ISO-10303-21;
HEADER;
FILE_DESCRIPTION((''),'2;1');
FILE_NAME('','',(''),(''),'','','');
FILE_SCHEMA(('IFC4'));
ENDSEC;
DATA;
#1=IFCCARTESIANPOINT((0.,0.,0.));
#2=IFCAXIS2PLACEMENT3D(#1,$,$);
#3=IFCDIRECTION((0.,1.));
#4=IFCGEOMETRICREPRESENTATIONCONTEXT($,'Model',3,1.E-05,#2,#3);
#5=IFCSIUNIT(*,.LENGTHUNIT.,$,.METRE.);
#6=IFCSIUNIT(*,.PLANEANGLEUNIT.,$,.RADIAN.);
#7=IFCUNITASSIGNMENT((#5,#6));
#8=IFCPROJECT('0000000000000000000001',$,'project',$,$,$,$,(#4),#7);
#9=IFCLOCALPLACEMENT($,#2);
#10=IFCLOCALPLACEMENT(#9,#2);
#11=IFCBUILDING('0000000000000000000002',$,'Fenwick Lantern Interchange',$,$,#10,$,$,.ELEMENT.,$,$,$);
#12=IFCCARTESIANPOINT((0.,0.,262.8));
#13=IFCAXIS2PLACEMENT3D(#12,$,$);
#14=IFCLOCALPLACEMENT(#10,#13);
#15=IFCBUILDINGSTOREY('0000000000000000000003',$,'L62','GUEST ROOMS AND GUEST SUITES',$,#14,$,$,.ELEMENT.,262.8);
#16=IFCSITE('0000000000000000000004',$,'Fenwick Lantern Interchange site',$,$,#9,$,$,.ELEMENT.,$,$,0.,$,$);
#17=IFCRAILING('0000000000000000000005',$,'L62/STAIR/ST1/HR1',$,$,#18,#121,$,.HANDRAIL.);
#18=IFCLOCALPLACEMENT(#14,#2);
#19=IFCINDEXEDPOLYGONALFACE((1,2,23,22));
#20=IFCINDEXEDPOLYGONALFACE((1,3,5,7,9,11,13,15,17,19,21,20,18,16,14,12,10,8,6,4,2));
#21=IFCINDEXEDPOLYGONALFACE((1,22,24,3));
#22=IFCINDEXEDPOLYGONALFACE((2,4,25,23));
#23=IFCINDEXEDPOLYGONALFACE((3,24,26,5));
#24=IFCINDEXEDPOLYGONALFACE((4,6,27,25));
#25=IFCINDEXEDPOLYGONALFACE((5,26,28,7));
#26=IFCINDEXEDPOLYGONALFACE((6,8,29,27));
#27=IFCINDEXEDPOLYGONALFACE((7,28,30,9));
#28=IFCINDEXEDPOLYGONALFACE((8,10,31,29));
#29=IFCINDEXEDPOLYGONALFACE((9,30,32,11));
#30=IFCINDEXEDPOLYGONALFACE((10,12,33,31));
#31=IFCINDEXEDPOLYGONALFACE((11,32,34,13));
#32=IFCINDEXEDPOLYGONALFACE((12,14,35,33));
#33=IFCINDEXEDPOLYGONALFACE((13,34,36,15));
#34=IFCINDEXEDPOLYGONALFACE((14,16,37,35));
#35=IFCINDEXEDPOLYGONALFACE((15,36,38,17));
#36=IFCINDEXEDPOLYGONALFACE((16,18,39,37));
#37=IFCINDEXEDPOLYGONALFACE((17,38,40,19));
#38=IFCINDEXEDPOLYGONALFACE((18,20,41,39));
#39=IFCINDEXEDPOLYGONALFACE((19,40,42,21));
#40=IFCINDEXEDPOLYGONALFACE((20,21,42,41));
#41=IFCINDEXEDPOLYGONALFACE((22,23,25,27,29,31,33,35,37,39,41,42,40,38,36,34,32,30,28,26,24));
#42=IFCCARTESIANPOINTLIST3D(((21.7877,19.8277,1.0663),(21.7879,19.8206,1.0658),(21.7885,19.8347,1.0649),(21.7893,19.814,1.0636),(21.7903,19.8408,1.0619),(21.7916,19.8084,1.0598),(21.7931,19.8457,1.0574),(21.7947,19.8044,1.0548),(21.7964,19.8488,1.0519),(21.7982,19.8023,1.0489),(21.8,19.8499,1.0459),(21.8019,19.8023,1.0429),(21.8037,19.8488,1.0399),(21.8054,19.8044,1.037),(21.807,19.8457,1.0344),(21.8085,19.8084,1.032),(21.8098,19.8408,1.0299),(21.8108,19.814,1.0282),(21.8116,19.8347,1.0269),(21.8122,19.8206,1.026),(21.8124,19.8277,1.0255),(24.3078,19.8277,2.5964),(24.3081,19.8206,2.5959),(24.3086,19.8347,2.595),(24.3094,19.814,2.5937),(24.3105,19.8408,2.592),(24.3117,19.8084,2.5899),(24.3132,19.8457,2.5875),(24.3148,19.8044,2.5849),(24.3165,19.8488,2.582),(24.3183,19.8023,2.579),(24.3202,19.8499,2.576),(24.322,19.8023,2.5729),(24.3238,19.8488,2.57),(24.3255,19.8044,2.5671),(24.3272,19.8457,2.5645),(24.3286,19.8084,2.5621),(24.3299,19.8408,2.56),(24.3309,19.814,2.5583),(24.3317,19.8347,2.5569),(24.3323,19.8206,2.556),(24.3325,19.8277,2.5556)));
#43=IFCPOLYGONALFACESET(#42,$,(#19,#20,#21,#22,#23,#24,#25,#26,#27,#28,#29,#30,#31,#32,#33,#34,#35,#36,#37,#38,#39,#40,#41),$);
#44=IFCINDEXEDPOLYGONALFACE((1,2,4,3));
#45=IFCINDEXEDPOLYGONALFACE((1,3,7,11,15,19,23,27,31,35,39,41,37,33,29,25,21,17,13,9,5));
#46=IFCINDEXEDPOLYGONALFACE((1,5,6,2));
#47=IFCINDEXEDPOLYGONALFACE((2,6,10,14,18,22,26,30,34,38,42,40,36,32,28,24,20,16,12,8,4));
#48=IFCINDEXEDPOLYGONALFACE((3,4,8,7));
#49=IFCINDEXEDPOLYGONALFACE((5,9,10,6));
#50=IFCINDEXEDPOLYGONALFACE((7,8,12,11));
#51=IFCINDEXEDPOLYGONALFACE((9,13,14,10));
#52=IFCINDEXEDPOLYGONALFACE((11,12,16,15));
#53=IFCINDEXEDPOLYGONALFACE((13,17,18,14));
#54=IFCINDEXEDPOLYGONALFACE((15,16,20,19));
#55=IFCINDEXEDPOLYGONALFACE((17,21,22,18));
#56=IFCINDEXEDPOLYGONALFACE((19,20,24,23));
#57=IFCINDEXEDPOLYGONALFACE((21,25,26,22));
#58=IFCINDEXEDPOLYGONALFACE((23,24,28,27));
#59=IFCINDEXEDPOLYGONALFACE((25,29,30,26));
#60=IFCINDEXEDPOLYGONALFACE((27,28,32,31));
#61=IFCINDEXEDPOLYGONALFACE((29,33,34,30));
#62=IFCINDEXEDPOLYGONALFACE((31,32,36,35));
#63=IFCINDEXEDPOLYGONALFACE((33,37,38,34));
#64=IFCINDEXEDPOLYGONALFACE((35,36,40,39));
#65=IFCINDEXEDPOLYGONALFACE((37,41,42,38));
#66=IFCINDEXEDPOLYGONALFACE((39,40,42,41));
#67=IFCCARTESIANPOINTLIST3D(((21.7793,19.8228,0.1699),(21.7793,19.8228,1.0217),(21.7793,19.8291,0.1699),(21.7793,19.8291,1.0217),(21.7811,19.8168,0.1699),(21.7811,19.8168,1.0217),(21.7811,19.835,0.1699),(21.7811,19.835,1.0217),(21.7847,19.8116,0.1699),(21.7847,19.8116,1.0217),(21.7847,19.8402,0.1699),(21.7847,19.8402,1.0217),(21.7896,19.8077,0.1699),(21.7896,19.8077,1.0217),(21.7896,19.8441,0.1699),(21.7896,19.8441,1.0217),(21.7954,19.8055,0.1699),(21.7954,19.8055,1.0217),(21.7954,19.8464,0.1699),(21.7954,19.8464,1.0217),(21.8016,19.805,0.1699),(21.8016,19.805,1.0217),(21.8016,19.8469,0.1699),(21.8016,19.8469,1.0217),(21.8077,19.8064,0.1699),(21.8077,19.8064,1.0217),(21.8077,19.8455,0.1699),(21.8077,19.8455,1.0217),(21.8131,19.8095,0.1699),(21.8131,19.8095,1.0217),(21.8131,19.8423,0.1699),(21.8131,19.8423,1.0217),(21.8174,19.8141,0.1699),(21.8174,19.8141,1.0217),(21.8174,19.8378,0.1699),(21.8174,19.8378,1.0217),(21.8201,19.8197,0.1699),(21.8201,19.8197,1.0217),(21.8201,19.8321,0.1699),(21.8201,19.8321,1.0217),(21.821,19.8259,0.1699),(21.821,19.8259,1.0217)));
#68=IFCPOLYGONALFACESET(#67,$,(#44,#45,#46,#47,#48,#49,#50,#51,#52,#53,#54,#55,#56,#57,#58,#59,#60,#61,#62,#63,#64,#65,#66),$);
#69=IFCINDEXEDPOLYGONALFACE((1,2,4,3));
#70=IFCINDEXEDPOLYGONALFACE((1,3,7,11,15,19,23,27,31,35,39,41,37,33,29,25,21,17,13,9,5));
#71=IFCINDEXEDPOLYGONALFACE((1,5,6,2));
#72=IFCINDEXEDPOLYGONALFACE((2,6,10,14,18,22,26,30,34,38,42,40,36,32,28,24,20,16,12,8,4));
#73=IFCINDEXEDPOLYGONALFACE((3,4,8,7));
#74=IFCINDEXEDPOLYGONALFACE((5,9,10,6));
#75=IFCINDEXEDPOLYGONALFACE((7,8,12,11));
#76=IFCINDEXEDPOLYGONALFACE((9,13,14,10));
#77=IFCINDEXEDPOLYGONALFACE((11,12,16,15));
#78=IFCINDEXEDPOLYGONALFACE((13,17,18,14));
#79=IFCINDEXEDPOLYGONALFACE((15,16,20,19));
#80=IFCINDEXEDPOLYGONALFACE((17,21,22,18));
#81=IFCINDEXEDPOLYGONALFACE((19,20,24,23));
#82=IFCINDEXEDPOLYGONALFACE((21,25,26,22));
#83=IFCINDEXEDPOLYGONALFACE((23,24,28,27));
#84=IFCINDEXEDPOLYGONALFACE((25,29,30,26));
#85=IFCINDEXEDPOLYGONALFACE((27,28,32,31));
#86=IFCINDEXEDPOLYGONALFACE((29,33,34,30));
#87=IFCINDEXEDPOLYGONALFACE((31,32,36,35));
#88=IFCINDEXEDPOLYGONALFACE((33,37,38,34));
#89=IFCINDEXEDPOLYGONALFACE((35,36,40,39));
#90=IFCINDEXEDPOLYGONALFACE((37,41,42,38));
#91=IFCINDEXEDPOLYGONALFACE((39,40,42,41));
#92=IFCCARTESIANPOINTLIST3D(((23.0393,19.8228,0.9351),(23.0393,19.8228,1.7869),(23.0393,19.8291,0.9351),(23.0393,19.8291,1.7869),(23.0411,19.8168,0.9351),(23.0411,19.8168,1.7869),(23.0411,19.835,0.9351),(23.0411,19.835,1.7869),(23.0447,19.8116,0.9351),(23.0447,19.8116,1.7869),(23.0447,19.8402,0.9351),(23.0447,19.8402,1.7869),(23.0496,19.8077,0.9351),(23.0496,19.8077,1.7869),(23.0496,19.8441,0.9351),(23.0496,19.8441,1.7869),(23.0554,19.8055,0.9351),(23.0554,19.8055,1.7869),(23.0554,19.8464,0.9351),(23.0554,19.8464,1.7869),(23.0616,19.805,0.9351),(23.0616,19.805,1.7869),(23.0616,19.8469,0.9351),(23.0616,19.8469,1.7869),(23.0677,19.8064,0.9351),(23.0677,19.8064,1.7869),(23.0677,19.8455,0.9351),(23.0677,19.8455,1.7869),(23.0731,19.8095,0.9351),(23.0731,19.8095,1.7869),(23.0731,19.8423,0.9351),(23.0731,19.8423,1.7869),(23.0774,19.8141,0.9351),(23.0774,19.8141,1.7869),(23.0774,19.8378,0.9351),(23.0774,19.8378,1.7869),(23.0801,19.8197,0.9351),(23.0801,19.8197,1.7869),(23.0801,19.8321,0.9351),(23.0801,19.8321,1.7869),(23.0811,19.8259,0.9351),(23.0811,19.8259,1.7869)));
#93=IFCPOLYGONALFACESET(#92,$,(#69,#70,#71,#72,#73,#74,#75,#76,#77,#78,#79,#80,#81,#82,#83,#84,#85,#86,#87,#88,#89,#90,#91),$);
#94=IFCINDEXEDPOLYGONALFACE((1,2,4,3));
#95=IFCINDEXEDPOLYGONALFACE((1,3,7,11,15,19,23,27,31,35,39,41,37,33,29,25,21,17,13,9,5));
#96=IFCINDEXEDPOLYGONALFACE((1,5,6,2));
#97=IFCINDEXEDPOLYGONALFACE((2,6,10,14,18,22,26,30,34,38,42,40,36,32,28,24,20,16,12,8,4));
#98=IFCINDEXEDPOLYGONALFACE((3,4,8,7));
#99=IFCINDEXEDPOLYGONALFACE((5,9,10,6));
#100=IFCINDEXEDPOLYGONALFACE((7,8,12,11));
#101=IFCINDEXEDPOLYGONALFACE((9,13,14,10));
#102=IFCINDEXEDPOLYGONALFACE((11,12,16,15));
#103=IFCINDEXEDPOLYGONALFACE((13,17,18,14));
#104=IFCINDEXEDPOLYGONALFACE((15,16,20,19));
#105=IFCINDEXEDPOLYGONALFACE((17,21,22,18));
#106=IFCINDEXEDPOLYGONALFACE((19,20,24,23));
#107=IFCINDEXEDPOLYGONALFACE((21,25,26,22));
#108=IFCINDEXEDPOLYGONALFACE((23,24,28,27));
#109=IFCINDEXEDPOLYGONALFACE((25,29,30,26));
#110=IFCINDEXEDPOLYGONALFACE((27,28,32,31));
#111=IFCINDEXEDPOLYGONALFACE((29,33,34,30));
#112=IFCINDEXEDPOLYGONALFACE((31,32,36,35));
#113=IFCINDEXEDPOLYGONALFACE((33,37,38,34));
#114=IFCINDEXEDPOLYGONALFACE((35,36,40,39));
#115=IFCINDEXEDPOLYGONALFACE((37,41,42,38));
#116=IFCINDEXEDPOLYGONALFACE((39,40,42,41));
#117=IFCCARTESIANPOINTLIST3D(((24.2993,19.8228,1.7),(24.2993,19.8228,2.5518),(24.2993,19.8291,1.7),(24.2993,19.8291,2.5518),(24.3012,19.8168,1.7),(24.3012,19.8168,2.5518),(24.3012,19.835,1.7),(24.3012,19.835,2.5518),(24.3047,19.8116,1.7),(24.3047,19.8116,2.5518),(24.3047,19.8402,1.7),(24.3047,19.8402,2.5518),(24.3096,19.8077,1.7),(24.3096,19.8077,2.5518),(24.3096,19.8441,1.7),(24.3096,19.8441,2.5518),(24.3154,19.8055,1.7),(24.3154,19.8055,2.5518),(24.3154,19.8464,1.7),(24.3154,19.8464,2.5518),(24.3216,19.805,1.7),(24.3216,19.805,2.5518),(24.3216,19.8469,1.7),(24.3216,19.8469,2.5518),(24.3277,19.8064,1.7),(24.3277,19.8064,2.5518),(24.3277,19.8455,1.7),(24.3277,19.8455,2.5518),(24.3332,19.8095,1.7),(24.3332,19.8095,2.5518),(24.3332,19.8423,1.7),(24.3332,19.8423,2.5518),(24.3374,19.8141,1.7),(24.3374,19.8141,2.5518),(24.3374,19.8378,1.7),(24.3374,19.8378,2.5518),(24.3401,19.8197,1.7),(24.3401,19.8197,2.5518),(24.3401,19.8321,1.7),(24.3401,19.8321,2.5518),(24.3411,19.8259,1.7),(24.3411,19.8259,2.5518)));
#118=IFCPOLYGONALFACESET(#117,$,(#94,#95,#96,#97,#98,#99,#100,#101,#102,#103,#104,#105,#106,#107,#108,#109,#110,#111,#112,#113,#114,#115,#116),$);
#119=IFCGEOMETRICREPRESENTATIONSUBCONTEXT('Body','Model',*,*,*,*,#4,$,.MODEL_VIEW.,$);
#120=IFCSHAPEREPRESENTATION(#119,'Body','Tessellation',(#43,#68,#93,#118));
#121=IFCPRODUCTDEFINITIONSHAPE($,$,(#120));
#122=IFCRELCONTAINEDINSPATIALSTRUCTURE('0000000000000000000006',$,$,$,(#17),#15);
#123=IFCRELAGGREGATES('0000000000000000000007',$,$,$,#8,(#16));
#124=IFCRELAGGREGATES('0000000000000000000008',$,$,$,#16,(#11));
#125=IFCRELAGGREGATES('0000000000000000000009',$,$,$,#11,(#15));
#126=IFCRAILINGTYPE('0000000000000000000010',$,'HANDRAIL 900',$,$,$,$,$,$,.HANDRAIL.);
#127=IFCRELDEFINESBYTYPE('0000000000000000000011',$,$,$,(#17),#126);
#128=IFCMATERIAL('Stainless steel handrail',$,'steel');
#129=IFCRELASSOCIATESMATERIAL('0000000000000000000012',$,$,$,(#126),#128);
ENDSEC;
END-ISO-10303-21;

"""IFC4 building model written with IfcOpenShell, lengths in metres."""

from ifc_helpers import new_model, si_unit, direction, frame, origin, origin_2d, place, context, subcontext, project, spatial, circle, extrude, material, type_object, element, save


model = new_model("IFC4")

# Units and contexts
model_context = context("Model", 3, precision=1e-05, world=origin(), true_north=direction((0.0, 1.0)))
body_context = subcontext(model_context, "Body", "Model", "MODEL_VIEW")
ifc_project = project(units=[si_unit("LENGTHUNIT", "METRE"), si_unit("PLANEANGLEUNIT", "RADIAN")], contexts=[model_context])

# Site, building, storey
site_placement = place(None, origin())
site = spatial("IfcSite", under=ifc_project, at=site_placement, Name="Fenwick Lantern Interchange site", CompositionType="ELEMENT", RefElevation=0.0)
building_placement = place(site_placement, origin())
building = spatial("IfcBuilding", under=site, at=building_placement, Name="Fenwick Lantern Interchange", CompositionType="ELEMENT")
storey_placement = place(building_placement, frame((0.0, 0.0, 262.8)))
storey = spatial("IfcBuildingStorey", under=building, at=storey_placement, Name="L62", Description="GUEST ROOMS AND GUEST SUITES", CompositionType="ELEMENT", Elevation=262.8)

# Railing
ifc_material_1 = material(Name="Stainless steel handrail", Category="steel")
railing_type = type_object("IfcRailingType", Name="HANDRAIL 900", PredefinedType="HANDRAIL", material=ifc_material_1)
railing_1_placement = place(storey_placement, frame((21.8, 19.8259, 0.1699)))
element("IfcRailing", 1, at=railing_1_placement, inside=storey, type_object=railing_type, Name="L62/STAIR/ST1/HR1", PredefinedType="HANDRAIL", context=body_context, shape_type="SweptSolid", body=[
    extrude(circle(Radius=0.0239, at=origin_2d()), frame((0.0, 0.0, 0.876), z_axis=(0.854785, 0.0, 0.518982), x_axis=(0.0, 1.0, 0.0)), (0.0, 0.0, 1.0), 2.9482),
    extrude(circle(Radius=0.021, at=origin_2d()), origin(), (0.0, 0.0, 1.0), 0.8518),
    extrude(circle(Radius=0.021, at=origin_2d()), frame((1.26, 0.0, 0.7651)), (0.0, 0.0, 1.0), 0.8518),
    extrude(circle(Radius=0.021, at=origin_2d()), frame((2.52, 0.0, 1.53)), (0.0, 0.0, 1.0), 0.8518),
])

save(model, "model.ifc")
